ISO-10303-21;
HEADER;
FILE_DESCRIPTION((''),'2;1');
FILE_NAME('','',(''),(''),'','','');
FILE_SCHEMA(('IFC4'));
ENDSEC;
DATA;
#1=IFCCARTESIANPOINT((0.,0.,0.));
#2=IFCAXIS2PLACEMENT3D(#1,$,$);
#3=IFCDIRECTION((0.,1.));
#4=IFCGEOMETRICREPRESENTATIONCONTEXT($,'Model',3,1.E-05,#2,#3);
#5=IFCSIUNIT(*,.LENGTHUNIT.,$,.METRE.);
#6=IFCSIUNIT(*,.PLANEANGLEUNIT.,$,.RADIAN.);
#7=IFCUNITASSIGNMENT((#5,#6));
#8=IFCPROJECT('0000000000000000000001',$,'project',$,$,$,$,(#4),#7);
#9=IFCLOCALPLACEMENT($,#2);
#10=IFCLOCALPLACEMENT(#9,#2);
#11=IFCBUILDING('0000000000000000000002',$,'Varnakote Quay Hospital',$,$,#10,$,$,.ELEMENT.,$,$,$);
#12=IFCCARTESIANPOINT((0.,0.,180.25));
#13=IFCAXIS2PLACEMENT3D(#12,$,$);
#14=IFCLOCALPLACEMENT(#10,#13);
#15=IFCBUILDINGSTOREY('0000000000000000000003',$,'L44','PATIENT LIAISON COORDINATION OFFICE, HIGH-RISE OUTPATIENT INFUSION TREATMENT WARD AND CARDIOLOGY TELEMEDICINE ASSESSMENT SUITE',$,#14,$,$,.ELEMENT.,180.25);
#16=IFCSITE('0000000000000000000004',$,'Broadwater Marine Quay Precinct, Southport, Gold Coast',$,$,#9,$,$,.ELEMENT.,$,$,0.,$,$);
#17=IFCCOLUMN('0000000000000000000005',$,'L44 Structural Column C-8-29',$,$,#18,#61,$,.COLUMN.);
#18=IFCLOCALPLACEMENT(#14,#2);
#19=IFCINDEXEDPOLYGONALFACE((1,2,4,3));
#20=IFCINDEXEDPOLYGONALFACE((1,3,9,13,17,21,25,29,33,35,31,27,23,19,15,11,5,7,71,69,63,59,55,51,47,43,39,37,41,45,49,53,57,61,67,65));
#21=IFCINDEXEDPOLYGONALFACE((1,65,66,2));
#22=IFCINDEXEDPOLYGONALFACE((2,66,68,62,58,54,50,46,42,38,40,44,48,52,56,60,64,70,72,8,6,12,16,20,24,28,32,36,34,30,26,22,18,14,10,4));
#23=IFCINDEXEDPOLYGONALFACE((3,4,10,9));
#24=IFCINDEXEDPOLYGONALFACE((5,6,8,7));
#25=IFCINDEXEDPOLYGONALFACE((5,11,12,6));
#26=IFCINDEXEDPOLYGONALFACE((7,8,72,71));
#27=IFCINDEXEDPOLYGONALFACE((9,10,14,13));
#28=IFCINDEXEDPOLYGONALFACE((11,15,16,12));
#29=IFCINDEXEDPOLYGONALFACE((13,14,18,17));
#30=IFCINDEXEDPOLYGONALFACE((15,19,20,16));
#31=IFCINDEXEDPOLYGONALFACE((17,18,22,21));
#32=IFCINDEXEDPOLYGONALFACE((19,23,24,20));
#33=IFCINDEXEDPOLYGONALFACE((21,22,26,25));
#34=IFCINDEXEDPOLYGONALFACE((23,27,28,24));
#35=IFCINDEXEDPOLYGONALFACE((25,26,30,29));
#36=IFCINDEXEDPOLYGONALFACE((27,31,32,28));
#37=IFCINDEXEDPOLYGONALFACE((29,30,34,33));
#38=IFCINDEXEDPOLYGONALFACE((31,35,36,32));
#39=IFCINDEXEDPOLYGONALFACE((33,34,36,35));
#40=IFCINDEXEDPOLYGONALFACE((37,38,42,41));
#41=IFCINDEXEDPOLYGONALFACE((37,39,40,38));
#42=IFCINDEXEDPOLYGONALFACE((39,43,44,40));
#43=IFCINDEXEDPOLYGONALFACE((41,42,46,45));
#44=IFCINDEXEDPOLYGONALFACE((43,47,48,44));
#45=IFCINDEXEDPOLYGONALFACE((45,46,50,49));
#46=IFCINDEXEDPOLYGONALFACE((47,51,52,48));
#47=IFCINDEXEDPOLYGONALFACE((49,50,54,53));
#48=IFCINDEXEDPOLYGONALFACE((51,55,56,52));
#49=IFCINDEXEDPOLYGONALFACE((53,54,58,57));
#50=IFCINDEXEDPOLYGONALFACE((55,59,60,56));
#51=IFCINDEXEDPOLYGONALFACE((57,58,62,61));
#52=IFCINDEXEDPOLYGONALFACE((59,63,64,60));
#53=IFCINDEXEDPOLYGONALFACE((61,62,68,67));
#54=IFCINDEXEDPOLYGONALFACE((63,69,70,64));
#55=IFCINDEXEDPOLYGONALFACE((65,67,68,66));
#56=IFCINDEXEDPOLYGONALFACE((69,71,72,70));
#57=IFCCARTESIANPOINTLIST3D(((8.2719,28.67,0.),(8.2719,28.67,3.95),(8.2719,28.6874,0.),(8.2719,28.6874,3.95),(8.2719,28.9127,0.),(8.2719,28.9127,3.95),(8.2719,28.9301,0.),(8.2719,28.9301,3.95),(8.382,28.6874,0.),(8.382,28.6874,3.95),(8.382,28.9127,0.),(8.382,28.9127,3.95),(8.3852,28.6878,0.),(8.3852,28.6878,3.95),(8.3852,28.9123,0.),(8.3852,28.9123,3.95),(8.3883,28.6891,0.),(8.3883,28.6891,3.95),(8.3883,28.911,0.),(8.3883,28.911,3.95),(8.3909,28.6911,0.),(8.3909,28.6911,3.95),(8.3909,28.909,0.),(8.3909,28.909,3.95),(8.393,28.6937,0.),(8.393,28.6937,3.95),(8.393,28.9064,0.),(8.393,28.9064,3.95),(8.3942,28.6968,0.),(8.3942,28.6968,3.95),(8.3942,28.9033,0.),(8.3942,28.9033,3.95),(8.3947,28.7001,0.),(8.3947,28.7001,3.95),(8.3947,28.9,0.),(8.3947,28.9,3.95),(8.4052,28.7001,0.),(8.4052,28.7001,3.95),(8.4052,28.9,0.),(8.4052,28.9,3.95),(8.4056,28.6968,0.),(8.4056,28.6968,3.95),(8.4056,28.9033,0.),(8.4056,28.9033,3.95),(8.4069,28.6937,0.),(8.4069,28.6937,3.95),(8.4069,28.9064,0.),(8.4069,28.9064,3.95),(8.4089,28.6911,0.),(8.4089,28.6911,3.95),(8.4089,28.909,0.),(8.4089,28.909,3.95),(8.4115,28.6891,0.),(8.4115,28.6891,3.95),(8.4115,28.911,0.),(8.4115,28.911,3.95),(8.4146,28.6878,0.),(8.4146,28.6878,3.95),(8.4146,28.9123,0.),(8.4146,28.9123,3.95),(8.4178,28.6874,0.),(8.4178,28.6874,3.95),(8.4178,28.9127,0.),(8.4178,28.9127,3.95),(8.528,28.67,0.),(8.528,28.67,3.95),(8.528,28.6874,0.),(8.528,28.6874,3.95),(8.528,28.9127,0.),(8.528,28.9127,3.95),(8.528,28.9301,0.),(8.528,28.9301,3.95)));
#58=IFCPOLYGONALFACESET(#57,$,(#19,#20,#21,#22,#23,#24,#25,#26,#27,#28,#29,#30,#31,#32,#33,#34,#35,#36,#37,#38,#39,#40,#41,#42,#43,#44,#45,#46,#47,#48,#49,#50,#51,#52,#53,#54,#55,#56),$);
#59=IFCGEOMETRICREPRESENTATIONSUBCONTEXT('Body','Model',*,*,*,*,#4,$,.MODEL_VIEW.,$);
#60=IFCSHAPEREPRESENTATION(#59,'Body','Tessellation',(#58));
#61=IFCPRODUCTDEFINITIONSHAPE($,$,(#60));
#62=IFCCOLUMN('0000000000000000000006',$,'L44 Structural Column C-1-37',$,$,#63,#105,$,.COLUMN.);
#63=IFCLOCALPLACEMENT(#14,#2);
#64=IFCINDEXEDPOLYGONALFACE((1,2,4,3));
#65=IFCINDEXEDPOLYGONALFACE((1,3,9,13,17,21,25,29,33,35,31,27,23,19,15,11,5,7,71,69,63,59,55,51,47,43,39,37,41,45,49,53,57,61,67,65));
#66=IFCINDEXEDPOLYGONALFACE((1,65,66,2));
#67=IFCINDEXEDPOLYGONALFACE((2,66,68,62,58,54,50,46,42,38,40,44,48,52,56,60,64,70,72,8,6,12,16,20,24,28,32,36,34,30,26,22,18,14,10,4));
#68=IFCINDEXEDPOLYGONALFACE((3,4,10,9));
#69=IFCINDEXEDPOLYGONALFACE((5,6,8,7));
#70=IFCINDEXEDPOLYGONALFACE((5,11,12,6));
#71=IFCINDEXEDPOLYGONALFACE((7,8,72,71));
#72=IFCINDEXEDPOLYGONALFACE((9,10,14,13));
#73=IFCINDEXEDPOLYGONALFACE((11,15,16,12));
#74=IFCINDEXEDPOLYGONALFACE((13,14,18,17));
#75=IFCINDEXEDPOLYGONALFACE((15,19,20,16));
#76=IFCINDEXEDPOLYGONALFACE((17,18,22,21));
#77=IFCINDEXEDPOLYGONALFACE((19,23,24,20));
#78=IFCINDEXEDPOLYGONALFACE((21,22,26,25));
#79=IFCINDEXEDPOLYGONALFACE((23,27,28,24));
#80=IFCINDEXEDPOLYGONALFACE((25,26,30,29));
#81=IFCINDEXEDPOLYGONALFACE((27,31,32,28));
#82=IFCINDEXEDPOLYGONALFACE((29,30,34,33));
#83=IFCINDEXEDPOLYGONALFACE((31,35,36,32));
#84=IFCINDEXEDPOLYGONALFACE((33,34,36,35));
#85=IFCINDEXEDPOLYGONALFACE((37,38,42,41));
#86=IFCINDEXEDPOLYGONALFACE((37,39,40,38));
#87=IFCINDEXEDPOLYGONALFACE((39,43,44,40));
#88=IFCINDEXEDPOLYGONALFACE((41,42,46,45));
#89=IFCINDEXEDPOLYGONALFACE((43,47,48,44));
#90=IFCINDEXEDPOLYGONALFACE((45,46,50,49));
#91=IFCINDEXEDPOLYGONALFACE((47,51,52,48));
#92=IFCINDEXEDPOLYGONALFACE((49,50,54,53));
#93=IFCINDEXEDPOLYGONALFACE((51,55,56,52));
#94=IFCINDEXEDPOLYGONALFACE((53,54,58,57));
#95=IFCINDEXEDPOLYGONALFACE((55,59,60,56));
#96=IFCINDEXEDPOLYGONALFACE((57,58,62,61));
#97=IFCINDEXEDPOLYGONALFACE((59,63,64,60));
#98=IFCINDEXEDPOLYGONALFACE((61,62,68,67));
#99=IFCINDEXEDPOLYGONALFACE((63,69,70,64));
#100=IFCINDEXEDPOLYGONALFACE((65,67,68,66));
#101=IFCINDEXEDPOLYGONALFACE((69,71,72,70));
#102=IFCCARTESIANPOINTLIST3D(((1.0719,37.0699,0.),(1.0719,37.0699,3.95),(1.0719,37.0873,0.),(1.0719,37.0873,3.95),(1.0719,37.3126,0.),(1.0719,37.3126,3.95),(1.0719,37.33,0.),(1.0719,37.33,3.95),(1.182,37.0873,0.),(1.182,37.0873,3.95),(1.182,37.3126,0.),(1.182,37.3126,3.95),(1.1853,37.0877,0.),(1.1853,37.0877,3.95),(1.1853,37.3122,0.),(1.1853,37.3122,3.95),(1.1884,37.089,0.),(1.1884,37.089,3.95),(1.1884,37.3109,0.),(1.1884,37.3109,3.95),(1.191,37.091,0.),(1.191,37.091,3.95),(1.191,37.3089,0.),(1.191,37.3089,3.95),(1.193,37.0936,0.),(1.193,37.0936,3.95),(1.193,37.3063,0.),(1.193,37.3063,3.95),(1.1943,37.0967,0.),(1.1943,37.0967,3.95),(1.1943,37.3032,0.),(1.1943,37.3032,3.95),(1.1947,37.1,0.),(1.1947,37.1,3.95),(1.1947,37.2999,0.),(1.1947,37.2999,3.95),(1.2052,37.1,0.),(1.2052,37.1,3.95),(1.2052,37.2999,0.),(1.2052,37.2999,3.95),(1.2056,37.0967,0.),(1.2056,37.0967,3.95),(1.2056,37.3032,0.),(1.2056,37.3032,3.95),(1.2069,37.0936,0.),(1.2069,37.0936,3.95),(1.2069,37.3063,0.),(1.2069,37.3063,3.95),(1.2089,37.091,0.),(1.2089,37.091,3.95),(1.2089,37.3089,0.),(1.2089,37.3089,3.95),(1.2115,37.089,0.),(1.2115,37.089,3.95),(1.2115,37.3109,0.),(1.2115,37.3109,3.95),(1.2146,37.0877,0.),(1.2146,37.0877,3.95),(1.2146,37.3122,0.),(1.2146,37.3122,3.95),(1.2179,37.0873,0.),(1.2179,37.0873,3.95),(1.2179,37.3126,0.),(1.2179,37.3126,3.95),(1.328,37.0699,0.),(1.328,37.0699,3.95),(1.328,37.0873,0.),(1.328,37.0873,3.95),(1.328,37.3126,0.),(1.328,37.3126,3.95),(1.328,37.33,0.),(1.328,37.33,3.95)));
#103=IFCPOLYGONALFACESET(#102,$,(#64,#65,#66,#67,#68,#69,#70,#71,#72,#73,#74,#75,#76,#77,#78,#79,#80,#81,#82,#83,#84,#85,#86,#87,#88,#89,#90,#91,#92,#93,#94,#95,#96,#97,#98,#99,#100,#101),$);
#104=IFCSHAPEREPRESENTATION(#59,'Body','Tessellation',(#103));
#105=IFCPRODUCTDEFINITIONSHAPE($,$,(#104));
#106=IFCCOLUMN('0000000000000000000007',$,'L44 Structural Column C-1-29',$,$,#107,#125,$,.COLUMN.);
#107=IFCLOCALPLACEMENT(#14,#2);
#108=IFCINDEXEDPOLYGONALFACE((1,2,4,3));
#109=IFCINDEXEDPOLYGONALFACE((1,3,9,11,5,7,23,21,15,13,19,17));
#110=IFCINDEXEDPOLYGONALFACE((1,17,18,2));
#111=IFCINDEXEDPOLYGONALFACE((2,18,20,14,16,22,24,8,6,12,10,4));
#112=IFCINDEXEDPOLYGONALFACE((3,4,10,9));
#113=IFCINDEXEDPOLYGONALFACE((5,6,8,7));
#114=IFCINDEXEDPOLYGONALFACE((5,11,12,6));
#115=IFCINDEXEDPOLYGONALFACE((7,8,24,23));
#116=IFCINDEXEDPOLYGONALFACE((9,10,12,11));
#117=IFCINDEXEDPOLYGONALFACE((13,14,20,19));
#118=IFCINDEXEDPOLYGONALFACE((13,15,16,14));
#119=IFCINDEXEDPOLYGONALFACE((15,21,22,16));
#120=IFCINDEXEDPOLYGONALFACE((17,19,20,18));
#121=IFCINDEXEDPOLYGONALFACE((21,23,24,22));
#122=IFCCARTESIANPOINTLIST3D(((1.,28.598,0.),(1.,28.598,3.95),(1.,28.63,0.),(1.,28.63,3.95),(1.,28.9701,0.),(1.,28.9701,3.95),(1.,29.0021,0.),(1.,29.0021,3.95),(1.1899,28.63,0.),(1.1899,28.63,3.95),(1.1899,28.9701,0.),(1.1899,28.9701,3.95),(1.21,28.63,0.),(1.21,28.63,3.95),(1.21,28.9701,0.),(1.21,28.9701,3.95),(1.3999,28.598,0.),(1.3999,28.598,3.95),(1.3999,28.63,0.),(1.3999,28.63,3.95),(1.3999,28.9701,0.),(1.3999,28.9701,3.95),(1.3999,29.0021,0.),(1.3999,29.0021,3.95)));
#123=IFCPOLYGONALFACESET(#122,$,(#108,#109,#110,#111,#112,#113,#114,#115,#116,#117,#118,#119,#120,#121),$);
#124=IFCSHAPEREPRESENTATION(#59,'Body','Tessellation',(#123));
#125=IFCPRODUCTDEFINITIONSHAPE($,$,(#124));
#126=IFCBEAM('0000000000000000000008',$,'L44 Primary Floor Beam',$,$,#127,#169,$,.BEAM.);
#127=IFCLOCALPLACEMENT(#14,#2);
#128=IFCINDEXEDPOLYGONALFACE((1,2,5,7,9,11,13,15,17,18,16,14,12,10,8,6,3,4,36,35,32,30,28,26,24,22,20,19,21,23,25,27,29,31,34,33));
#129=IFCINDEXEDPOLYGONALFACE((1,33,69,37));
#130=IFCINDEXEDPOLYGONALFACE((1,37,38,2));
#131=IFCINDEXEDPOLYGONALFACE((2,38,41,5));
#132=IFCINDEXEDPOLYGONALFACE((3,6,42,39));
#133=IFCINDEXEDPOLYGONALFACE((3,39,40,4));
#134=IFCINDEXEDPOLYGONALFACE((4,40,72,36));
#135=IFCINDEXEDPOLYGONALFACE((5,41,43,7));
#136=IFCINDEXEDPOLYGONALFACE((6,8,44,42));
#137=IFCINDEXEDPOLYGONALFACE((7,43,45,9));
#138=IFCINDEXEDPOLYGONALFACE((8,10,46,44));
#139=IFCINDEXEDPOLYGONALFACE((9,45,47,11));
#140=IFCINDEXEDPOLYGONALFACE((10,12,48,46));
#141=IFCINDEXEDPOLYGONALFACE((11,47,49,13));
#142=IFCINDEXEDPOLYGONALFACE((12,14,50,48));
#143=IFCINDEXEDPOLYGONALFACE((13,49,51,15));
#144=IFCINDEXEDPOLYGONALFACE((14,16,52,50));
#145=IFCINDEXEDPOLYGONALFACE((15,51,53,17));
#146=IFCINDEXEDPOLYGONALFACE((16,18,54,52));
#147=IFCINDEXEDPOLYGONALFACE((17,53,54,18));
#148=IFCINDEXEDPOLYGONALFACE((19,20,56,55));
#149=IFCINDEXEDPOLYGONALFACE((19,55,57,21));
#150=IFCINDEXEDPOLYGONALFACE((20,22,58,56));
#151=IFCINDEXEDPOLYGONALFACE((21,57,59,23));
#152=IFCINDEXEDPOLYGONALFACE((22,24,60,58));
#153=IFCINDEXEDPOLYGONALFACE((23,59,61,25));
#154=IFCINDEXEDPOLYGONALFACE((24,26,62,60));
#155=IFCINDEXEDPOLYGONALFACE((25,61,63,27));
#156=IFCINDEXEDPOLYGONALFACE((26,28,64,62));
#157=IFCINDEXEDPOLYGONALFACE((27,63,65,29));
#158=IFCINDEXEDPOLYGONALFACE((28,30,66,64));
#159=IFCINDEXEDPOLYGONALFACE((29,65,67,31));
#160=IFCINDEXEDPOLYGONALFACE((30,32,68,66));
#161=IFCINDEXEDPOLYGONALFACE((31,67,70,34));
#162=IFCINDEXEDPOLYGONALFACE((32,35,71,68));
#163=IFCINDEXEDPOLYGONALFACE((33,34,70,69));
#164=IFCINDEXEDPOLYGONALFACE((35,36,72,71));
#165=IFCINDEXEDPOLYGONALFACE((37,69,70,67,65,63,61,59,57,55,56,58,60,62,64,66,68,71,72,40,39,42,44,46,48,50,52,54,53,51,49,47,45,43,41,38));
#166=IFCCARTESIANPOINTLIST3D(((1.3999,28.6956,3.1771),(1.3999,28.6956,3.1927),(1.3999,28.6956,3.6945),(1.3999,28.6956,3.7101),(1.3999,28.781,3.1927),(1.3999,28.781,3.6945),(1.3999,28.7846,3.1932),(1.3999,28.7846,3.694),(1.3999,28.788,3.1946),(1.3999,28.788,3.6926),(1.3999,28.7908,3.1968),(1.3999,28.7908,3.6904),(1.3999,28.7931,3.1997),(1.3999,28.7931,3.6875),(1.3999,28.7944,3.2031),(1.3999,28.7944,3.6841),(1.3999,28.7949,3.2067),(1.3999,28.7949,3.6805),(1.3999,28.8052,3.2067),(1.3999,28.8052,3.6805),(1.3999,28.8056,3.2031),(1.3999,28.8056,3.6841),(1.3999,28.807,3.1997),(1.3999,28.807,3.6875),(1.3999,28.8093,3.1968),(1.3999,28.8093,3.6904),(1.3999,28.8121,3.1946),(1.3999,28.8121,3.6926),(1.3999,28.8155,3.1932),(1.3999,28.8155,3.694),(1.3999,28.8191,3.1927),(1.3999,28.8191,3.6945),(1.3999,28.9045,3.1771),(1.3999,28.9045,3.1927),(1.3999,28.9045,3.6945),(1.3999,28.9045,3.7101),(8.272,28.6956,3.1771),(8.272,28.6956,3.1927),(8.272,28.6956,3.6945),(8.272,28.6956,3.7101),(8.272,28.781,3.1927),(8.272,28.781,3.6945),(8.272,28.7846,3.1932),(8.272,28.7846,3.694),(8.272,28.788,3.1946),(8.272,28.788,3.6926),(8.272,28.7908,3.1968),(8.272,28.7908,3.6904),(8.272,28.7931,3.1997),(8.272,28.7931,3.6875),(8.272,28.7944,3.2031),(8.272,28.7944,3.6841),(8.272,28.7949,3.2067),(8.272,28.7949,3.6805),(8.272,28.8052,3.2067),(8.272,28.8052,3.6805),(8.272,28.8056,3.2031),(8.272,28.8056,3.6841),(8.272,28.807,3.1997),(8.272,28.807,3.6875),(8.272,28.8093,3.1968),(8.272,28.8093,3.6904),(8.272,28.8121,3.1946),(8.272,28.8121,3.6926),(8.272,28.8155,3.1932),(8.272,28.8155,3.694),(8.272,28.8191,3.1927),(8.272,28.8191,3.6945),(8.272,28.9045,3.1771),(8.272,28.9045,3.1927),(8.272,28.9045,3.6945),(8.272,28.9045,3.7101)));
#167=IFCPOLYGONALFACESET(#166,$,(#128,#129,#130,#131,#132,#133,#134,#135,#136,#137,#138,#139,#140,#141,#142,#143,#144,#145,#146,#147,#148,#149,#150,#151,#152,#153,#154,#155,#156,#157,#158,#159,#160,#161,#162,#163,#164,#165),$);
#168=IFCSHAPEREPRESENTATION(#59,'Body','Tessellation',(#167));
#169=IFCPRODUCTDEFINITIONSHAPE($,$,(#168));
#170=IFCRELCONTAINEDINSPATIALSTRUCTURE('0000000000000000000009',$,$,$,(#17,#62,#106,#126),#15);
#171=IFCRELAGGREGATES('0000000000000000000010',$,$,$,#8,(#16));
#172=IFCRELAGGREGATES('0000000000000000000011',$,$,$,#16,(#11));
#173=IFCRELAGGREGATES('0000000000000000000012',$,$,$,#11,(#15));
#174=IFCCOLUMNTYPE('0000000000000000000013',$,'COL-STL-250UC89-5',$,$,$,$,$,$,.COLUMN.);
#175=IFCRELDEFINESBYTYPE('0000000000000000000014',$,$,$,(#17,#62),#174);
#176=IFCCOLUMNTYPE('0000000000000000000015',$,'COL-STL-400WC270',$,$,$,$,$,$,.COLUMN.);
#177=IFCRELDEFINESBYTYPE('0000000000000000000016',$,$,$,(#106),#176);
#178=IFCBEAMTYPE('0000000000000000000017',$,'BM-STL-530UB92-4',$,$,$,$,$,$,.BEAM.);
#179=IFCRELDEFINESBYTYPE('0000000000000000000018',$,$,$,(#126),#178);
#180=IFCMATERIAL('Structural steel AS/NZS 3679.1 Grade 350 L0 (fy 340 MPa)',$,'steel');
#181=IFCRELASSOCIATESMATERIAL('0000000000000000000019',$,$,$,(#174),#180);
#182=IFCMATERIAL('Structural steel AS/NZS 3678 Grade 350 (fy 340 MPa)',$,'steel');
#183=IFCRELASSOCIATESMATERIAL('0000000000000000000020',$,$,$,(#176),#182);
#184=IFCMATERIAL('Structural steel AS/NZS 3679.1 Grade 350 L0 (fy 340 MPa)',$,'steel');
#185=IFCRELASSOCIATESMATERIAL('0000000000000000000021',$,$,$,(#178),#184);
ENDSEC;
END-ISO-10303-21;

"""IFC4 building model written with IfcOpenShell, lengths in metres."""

from ifc_helpers import new_model, si_unit, direction, frame, origin, origin_2d, place, context, subcontext, project, spatial, i_section, extrude, material, material_profile, profile_set, type_object, element, save


model = new_model("IFC4")

# Units and contexts
model_context = context("Model", 3, precision=1e-05, world=origin(), true_north=direction((0.0, 1.0)))
body_context = subcontext(model_context, "Body", "Model", "MODEL_VIEW")
ifc_project = project(units=[si_unit("LENGTHUNIT", "METRE"), si_unit("PLANEANGLEUNIT", "RADIAN")], contexts=[model_context])

# Site, building, storey
site_placement = place(None, origin())
site = spatial("IfcSite", under=ifc_project, at=site_placement, Name="Broadwater Marine Quay Precinct, Southport, Gold Coast", CompositionType="ELEMENT", RefElevation=0.0)
building_placement = place(site_placement, origin())
building = spatial("IfcBuilding", under=site, at=building_placement, Name="Varnakote Quay Hospital", CompositionType="ELEMENT")
storey_placement = place(building_placement, frame((0.0, 0.0, 180.25)))
storey = spatial("IfcBuildingStorey", under=building, at=storey_placement, Name="L44", Description="PATIENT LIAISON COORDINATION OFFICE, HIGH-RISE OUTPATIENT INFUSION TREATMENT WARD AND CARDIOLOGY TELEMEDICINE ASSESSMENT SUITE", CompositionType="ELEMENT", Elevation=180.25)

# Columns
ifc_material_1 = material(Name="Structural steel AS/NZS 3679.1 Grade 350 L0 (fy 340 MPa)", Category="steel")
ifc_material_profile_1 = material_profile(ifc_material_1, i_section(OverallWidth=0.2561, OverallDepth=0.26, WebThickness=0.0105, FlangeThickness=0.0173, FilletRadius=0.0127, at=origin_2d()), Name="250UC89.5")
ifc_profile_set_1 = profile_set([ifc_material_profile_1], Name="Structural steel AS/NZS 3679.1 Grade 350 L0 (fy 340 MPa)")
column_type_1 = type_object("IfcColumnType", Name="COL-STL-250UC89-5", PredefinedType="COLUMN", material=ifc_profile_set_1)
for number, where, z_axis, x_axis, name in (
    (1, (8.3999, 28.8, 0.0), (0.0, 0.0, 1.0), (1.0, 0.0, 0.0), "L44 Structural Column C-8-29"),
    (2, (1.2, 37.2, 0.0), (0.0, 0.0, 1.0), (1.0, 0.0, 0.0), "L44 Structural Column C-1-37"),
):
    element("IfcColumn", number, at=place(storey_placement, frame(where, z_axis=z_axis, x_axis=x_axis)), inside=storey, type_object=column_type_1, Name=name, PredefinedType="COLUMN", context=body_context, shape_type="SweptSolid", body=[
        extrude(i_section(OverallWidth=0.2561, OverallDepth=0.26, WebThickness=0.0105, FlangeThickness=0.0173, FilletRadius=0.0127, at=origin_2d()), origin(), (0.0, 0.0, 1.0), 3.95),
    ])
ifc_material_2 = material(Name="Structural steel AS/NZS 3678 Grade 350 (fy 340 MPa)", Category="steel")
ifc_material_profile_2 = material_profile(ifc_material_2, i_section(OverallWidth=0.3999, OverallDepth=0.4041, WebThickness=0.02, FlangeThickness=0.032, at=origin_2d()), Name="400WC270")
ifc_profile_set_2 = profile_set([ifc_material_profile_2], Name="Structural steel AS/NZS 3678 Grade 350 (fy 340 MPa)")
column_type_2 = type_object("IfcColumnType", Name="COL-STL-400WC270", PredefinedType="COLUMN", material=ifc_profile_set_2)
column_placement = place(storey_placement, frame((1.2, 28.8, 0.0), z_axis=(0.0, 0.0, 1.0), x_axis=(1.0, 0.0, 0.0)))
element("IfcColumn", 3, at=column_placement, inside=storey, type_object=column_type_2, Name="L44 Structural Column C-1-29", PredefinedType="COLUMN", context=body_context, shape_type="SweptSolid", body=[
    extrude(i_section(OverallWidth=0.3999, OverallDepth=0.4041, WebThickness=0.02, FlangeThickness=0.032, at=origin_2d()), origin(), (0.0, 0.0, 1.0), 3.95),
])

# Beam
ifc_material_3 = material(Name="Structural steel AS/NZS 3679.1 Grade 350 L0 (fy 340 MPa)", Category="steel")
ifc_material_profile_3 = material_profile(ifc_material_3, i_section(OverallWidth=0.209, OverallDepth=0.533, WebThickness=0.0103, FlangeThickness=0.0156, FilletRadius=0.0139, at=origin_2d()), Name="530UB92.4")
ifc_profile_set_3 = profile_set([ifc_material_profile_3], Name="Structural steel AS/NZS 3679.1 Grade 350 L0 (fy 340 MPa)")
beam_type_1 = type_object("IfcBeamType", Name="BM-STL-530UB92-4", PredefinedType="BEAM", material=ifc_profile_set_3)
beam_1_placement = place(storey_placement, frame((1.3999, 28.8, 3.4436), z_axis=(1.0, 0.0, 0.0), x_axis=(0.0, 1.0, 0.0)))
element("IfcBeam", 4, at=beam_1_placement, inside=storey, type_object=beam_type_1, Name="L44 Primary Floor Beam", PredefinedType="BEAM", context=body_context, shape_type="SweptSolid", body=[
    extrude(i_section(OverallWidth=0.209, OverallDepth=0.533, WebThickness=0.0103, FlangeThickness=0.0156, FilletRadius=0.0139, at=origin_2d()), origin(), (0.0, 0.0, 1.0), 6.8721),
])

save(model, "model.ifc")
